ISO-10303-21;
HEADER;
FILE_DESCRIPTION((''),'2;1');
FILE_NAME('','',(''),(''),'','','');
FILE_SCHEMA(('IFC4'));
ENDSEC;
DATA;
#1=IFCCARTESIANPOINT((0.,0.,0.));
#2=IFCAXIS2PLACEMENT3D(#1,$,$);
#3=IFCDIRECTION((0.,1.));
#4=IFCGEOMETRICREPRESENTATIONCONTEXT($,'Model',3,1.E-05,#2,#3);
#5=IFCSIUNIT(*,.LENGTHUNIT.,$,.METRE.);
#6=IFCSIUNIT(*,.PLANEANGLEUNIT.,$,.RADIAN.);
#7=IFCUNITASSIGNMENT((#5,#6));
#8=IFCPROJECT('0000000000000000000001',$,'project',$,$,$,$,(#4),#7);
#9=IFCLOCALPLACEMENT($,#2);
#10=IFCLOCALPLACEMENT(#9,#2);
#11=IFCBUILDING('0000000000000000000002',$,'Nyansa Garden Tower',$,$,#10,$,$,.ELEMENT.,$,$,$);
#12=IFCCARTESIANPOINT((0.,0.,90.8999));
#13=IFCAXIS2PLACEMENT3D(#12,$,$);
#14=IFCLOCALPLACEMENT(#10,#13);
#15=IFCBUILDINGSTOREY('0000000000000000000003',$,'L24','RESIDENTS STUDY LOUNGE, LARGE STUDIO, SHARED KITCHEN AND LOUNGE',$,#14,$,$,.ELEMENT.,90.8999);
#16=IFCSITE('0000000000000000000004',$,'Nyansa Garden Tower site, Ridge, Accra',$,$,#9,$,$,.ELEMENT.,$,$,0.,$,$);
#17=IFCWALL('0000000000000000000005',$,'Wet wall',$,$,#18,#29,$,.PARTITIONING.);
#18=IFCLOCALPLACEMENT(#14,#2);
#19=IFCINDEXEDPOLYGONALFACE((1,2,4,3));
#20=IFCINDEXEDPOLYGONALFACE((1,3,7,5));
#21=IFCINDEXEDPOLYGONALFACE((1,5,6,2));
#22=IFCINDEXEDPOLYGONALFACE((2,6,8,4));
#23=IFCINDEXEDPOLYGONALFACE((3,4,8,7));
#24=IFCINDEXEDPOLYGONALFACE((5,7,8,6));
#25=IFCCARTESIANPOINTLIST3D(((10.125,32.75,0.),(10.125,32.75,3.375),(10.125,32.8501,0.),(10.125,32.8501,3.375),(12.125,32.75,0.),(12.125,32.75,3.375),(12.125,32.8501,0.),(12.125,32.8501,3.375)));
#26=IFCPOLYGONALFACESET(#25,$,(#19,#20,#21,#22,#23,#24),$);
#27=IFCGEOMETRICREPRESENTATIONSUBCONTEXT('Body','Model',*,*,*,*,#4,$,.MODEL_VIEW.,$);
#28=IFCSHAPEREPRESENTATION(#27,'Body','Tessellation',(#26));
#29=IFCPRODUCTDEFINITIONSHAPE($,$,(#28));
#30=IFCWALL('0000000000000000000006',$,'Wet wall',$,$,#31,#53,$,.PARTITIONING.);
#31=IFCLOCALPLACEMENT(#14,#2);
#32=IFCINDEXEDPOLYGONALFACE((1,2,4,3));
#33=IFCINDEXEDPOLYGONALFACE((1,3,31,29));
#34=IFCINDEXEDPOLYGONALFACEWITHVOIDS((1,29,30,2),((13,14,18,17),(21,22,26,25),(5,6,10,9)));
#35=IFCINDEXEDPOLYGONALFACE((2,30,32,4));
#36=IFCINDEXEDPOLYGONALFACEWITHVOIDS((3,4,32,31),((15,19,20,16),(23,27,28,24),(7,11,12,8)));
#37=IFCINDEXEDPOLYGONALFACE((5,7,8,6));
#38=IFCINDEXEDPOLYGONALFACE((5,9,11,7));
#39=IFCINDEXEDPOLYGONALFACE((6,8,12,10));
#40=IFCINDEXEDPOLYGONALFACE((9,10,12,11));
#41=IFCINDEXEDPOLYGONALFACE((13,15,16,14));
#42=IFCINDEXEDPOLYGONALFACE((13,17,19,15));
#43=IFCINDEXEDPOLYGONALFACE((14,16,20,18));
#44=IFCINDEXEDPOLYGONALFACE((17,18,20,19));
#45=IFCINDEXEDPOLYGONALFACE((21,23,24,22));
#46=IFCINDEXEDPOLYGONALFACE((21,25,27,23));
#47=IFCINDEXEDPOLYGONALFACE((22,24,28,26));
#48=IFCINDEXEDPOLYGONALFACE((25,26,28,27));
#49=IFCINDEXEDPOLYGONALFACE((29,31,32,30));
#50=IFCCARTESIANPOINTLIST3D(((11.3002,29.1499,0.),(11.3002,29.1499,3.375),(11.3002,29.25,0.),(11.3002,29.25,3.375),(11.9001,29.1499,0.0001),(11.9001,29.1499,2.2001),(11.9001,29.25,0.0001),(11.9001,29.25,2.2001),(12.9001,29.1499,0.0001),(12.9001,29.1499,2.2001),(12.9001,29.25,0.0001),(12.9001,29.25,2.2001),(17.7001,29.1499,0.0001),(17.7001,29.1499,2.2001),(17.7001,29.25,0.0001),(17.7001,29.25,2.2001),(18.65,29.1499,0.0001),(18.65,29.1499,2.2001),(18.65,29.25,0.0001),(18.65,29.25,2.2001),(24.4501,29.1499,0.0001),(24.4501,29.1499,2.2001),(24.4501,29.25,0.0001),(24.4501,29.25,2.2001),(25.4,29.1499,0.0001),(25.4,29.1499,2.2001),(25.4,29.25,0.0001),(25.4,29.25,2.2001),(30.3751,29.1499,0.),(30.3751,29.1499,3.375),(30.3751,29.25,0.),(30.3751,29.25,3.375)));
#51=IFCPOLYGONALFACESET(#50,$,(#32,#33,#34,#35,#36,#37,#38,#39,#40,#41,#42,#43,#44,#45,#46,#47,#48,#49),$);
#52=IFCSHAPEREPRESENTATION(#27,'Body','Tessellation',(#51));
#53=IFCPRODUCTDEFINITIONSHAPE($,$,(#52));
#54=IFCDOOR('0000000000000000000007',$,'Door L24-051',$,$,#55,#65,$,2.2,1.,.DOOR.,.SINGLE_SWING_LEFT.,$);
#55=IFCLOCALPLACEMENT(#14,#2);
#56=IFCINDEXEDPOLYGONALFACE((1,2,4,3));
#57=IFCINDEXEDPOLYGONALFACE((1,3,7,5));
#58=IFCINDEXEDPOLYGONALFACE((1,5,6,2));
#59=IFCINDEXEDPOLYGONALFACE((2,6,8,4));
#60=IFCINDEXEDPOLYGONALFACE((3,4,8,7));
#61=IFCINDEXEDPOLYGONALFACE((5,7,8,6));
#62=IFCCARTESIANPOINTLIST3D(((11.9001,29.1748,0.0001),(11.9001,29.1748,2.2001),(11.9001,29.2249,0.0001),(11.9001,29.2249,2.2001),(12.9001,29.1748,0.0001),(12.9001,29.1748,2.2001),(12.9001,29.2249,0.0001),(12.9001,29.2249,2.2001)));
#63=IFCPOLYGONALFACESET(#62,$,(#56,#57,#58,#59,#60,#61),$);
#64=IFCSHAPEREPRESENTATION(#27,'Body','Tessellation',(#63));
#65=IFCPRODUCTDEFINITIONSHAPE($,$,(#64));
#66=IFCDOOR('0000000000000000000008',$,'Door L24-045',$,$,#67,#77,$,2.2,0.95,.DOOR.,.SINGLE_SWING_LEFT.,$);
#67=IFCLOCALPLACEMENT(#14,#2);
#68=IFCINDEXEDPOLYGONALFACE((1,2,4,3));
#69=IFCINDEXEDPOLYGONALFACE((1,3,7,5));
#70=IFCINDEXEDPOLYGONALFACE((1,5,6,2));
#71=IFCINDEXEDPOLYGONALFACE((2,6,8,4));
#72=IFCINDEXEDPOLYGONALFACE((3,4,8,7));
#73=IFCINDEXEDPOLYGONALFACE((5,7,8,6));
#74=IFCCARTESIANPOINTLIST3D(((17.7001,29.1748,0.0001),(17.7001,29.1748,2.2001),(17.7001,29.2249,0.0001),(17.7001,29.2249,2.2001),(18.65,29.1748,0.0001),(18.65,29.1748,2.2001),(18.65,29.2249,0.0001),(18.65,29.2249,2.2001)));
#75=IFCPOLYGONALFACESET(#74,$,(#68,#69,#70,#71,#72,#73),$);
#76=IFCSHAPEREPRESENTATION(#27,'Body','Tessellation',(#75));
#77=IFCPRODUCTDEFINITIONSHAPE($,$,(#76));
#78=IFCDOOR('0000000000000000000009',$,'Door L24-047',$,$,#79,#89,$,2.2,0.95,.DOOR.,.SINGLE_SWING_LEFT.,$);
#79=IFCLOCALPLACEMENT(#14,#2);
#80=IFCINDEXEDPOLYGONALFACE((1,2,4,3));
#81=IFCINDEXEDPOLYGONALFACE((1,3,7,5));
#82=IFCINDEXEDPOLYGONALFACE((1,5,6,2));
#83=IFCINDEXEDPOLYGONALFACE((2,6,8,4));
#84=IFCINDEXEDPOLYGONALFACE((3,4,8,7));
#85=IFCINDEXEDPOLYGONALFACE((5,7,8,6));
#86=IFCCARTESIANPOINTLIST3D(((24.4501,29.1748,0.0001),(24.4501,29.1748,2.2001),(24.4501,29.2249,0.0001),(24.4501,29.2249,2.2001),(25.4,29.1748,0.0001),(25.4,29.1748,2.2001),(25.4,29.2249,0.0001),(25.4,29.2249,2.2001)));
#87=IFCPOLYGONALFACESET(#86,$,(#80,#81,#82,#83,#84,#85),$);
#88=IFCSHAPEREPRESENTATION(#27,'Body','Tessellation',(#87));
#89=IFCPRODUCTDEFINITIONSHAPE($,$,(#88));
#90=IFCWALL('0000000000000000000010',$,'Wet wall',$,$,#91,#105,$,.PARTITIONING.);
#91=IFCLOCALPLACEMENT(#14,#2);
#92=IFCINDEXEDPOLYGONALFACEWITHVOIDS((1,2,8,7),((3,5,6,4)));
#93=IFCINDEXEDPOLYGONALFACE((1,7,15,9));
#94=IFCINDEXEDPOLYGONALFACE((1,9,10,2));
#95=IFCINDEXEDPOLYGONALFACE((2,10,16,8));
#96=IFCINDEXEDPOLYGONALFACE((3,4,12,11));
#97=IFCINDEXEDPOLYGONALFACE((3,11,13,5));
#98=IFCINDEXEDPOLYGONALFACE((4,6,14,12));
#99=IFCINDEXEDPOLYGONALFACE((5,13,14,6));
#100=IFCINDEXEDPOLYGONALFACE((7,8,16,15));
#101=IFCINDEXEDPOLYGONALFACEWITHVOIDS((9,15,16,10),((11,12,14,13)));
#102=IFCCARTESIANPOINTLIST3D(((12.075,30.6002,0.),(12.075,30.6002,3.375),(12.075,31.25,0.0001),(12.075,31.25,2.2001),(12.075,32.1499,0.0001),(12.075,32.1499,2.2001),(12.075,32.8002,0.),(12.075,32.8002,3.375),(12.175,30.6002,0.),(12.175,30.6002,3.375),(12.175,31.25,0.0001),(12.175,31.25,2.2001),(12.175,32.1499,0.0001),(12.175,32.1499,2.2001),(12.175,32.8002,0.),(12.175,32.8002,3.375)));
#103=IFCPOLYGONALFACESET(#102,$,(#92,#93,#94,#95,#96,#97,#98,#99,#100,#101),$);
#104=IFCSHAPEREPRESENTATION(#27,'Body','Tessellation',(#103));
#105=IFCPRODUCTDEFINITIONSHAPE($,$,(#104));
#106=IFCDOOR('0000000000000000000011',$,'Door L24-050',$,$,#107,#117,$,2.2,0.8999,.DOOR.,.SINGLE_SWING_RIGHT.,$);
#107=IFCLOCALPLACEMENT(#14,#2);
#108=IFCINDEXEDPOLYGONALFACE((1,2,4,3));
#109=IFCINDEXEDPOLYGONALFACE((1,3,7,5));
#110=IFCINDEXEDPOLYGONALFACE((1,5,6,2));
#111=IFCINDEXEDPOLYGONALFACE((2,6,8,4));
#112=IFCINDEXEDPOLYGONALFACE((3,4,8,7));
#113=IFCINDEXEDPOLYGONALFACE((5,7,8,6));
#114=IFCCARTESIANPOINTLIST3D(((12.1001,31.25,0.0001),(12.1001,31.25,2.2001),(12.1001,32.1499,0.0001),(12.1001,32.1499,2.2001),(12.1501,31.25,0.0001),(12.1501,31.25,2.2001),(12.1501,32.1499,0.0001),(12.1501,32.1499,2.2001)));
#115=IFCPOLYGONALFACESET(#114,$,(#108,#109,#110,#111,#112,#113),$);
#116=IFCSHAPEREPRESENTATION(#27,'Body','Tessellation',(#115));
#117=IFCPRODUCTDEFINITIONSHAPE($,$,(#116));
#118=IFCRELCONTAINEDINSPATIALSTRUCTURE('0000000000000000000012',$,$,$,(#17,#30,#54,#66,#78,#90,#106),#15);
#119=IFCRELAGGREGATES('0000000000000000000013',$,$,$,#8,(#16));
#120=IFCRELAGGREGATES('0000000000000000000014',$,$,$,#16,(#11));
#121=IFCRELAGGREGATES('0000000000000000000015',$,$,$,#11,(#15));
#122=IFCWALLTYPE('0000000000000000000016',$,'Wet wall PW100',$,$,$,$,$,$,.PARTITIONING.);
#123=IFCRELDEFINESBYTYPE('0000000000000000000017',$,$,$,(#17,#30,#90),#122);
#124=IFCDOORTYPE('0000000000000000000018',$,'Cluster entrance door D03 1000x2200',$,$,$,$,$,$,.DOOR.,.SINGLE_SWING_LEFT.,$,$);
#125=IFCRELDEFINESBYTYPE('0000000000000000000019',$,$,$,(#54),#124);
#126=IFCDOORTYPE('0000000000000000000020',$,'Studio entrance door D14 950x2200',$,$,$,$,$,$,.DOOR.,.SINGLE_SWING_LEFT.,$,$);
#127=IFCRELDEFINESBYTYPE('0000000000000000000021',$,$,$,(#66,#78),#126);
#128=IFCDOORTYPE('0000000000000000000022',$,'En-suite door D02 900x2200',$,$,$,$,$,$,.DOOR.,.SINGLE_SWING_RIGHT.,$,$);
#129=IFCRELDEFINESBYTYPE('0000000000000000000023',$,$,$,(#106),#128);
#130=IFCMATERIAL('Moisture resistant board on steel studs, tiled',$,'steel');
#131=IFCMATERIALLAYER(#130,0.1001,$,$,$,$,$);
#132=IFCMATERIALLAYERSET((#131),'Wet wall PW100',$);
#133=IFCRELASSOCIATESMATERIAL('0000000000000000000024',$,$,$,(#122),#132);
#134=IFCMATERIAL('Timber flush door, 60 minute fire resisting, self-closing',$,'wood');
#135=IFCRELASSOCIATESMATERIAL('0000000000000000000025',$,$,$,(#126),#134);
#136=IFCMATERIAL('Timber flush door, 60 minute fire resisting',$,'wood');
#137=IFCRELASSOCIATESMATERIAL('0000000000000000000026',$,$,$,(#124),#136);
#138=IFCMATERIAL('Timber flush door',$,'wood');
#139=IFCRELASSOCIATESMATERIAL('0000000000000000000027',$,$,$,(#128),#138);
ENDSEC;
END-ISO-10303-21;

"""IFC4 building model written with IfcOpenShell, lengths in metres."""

from ifc_helpers import new_model, si_unit, direction, frame, frame_2d, origin, place, context, subcontext, project, spatial, rectangle, extrude, material, layer, layer_set, type_object, element, fill, save


model = new_model("IFC4")

# Units and contexts
model_context = context("Model", 3, precision=1e-05, world=origin(), true_north=direction((0.0, 1.0)))
body_context = subcontext(model_context, "Body", "Model", "MODEL_VIEW")
ifc_project = project(units=[si_unit("LENGTHUNIT", "METRE"), si_unit("PLANEANGLEUNIT", "RADIAN")], contexts=[model_context])

# Site, building, storey
site_placement = place(None, origin())
site = spatial("IfcSite", under=ifc_project, at=site_placement, Name="Nyansa Garden Tower site, Ridge, Accra", CompositionType="ELEMENT", RefElevation=0.0)
building_placement = place(site_placement, origin())
building = spatial("IfcBuilding", under=site, at=building_placement, Name="Nyansa Garden Tower", CompositionType="ELEMENT")
storey_placement = place(building_placement, frame((0.0, 0.0, 90.8999)))
storey = spatial("IfcBuildingStorey", under=building, at=storey_placement, Name="L24", Description="RESIDENTS STUDY LOUNGE, LARGE STUDIO, SHARED KITCHEN AND LOUNGE", CompositionType="ELEMENT", Elevation=90.8999)

# Shared definitions
ifc_material_1 = material(Name="Moisture resistant board on steel studs, tiled", Category="steel")
ifc_layer_1 = layer(ifc_material_1, 0.1001)
ifc_layer_set_1 = layer_set([ifc_layer_1], Name="Wet wall PW100")
wall_type = type_object("IfcWallType", Name="Wet wall PW100", PredefinedType="PARTITIONING", material=ifc_layer_set_1)

# Shared definitions
ifc_material_2 = material(Name="Timber flush door, 60 minute fire resisting, self-closing", Category="wood")
door_type_1 = type_object("IfcDoorType", Name="Studio entrance door D14 950x2200", OperationType="SINGLE_SWING_LEFT", PredefinedType="DOOR", material=ifc_material_2)

# Wall
wall_1_placement = place(storey_placement, frame((10.125, 32.8, 0.0), z_axis=(0.0, 0.0, 1.0), x_axis=(1.0, 0.0, 0.0)))
element("IfcWall", 1, at=wall_1_placement, inside=storey, type_object=wall_type, Name="Wet wall", PredefinedType="PARTITIONING", context=body_context, shape_type="SweptSolid", body=[
    extrude(rectangle(XDim=2.0, YDim=0.1001, at=frame_2d((1.0, 0.0))), origin(), (0.0, 0.0, 1.0), 3.375),
])

# Wall, openings, doors
wall_2_placement = place(storey_placement, frame((11.3, 29.2, 0.0), z_axis=(0.0, 0.0, 1.0), x_axis=(1.0, 0.0, 0.0)))
wall_2 = element("IfcWall", 2, at=wall_2_placement, inside=storey, type_object=wall_type, Name="Wet wall", PredefinedType="PARTITIONING", context=body_context, shape_type="SweptSolid", body=[
    extrude(rectangle(XDim=19.075, YDim=0.1001, at=frame_2d((9.5376, 0.0))), origin(), (0.0, 0.0, 1.0), 3.375),
])
opening_1_placement = place(wall_2_placement, frame((6.3999, 0.0, 0.0)))
opening_1 = element("IfcOpeningElement", 3, at=opening_1_placement, cuts=wall_2, PredefinedType="OPENING", context=body_context, shape_type="SweptSolid", body=[
    extrude(rectangle(XDim=0.95, YDim=2.2, at=frame_2d((0.4751, 1.1001))), frame((0.0, 0.0601, 0.0), z_axis=(0.0, -1.0, 0.0), x_axis=(1.0, 0.0, 0.0)), (0.0, 0.0, 1.0), 0.1201),
])
opening_2_placement = place(wall_2_placement, frame((13.1499, 0.0, 0.0)))
opening_2 = element("IfcOpeningElement", 4, at=opening_2_placement, cuts=wall_2, PredefinedType="OPENING", context=body_context, shape_type="SweptSolid", body=[
    extrude(rectangle(XDim=0.95, YDim=2.2, at=frame_2d((0.4751, 1.1001))), frame((0.0, 0.0601, 0.0), z_axis=(0.0, -1.0, 0.0), x_axis=(1.0, 0.0, 0.0)), (0.0, 0.0, 1.0), 0.1201),
])
opening_3_placement = place(wall_2_placement, frame((0.6001, 0.0, 0.0)))
opening_3 = element("IfcOpeningElement", 5, at=opening_3_placement, cuts=wall_2, PredefinedType="OPENING", context=body_context, shape_type="SweptSolid", body=[
    extrude(rectangle(XDim=1.0, YDim=2.2, at=frame_2d((0.5, 1.1001))), frame((0.0, 0.0601, 0.0), z_axis=(0.0, -1.0, 0.0), x_axis=(1.0, 0.0, 0.0)), (0.0, 0.0, 1.0), 0.1201),
])
ifc_material_3 = material(Name="Timber flush door, 60 minute fire resisting", Category="wood")
door_type_2 = type_object("IfcDoorType", Name="Cluster entrance door D03 1000x2200", OperationType="SINGLE_SWING_LEFT", PredefinedType="DOOR", material=ifc_material_3)
door_1_placement = place(opening_3_placement, origin())
door_1 = element("IfcDoor", 6, at=door_1_placement, inside=storey, type_object=door_type_2, Name="Door L24-051", OperationType="SINGLE_SWING_LEFT", OverallHeight=2.2, OverallWidth=1.0, PredefinedType="DOOR", context=body_context, shape_type="SweptSolid", body=[
    extrude(rectangle(XDim=1.0, YDim=2.2, at=frame_2d((0.5, 1.1001))), frame((0.0, 0.0249, 0.0), z_axis=(0.0, -1.0, 0.0), x_axis=(1.0, 0.0, 0.0)), (0.0, 0.0, 1.0), 0.05),
])
fill(opening_3, door_1)
door_2_placement = place(opening_1_placement, origin())
door_2 = element("IfcDoor", 7, at=door_2_placement, inside=storey, type_object=door_type_1, Name="Door L24-045", OperationType="SINGLE_SWING_LEFT", OverallHeight=2.2, OverallWidth=0.95, PredefinedType="DOOR", context=body_context, shape_type="SweptSolid", body=[
    extrude(rectangle(XDim=0.95, YDim=2.2, at=frame_2d((0.4751, 1.1001))), frame((0.0, 0.0249, 0.0), z_axis=(0.0, -1.0, 0.0), x_axis=(1.0, 0.0, 0.0)), (0.0, 0.0, 1.0), 0.05),
])
fill(opening_1, door_2)
door_3_placement = place(opening_2_placement, origin())
door_3 = element("IfcDoor", 8, at=door_3_placement, inside=storey, type_object=door_type_1, Name="Door L24-047", OperationType="SINGLE_SWING_LEFT", OverallHeight=2.2, OverallWidth=0.95, PredefinedType="DOOR", context=body_context, shape_type="SweptSolid", body=[
    extrude(rectangle(XDim=0.95, YDim=2.2, at=frame_2d((0.4751, 1.1001))), frame((0.0, 0.0249, 0.0), z_axis=(0.0, -1.0, 0.0), x_axis=(1.0, 0.0, 0.0)), (0.0, 0.0, 1.0), 0.05),
])
fill(opening_2, door_3)

# Wall, opening, door
wall_3_placement = place(storey_placement, frame((12.125, 30.6001, 0.0), z_axis=(0.0, 0.0, 1.0), x_axis=(0.0, 1.0, 0.0)))
wall_3 = element("IfcWall", 9, at=wall_3_placement, inside=storey, type_object=wall_type, Name="Wet wall", PredefinedType="PARTITIONING", context=body_context, shape_type="SweptSolid", body=[
    extrude(rectangle(XDim=2.2, YDim=0.1001, at=frame_2d((1.1001, 0.0))), origin(), (0.0, 0.0, 1.0), 3.375),
])
opening_4_placement = place(wall_3_placement, frame((0.6499, 0.0, 0.0)))
opening_4 = element("IfcOpeningElement", 10, at=opening_4_placement, cuts=wall_3, PredefinedType="OPENING", context=body_context, shape_type="SweptSolid", body=[
    extrude(rectangle(XDim=0.8999, YDim=2.2, at=frame_2d((0.45, 1.1001))), frame((0.0, 0.0601, 0.0), z_axis=(0.0, -1.0, 0.0), x_axis=(1.0, 0.0, 0.0)), (0.0, 0.0, 1.0), 0.1201),
])
ifc_material_4 = material(Name="Timber flush door", Category="wood")
door_type_3 = type_object("IfcDoorType", Name="En-suite door D02 900x2200", OperationType="SINGLE_SWING_RIGHT", PredefinedType="DOOR", material=ifc_material_4)
door_4_placement = place(opening_4_placement, origin())
door_4 = element("IfcDoor", 11, at=door_4_placement, inside=storey, type_object=door_type_3, Name="Door L24-050", OperationType="SINGLE_SWING_RIGHT", OverallHeight=2.2, OverallWidth=0.8999, PredefinedType="DOOR", context=body_context, shape_type="SweptSolid", body=[
    extrude(rectangle(XDim=0.8999, YDim=2.2, at=frame_2d((0.45, 1.1001))), frame((0.0, 0.0249, 0.0), z_axis=(0.0, -1.0, 0.0), x_axis=(1.0, 0.0, 0.0)), (0.0, 0.0, 1.0), 0.05),
])
fill(opening_4, door_4)

save(model, "model.ifc")
